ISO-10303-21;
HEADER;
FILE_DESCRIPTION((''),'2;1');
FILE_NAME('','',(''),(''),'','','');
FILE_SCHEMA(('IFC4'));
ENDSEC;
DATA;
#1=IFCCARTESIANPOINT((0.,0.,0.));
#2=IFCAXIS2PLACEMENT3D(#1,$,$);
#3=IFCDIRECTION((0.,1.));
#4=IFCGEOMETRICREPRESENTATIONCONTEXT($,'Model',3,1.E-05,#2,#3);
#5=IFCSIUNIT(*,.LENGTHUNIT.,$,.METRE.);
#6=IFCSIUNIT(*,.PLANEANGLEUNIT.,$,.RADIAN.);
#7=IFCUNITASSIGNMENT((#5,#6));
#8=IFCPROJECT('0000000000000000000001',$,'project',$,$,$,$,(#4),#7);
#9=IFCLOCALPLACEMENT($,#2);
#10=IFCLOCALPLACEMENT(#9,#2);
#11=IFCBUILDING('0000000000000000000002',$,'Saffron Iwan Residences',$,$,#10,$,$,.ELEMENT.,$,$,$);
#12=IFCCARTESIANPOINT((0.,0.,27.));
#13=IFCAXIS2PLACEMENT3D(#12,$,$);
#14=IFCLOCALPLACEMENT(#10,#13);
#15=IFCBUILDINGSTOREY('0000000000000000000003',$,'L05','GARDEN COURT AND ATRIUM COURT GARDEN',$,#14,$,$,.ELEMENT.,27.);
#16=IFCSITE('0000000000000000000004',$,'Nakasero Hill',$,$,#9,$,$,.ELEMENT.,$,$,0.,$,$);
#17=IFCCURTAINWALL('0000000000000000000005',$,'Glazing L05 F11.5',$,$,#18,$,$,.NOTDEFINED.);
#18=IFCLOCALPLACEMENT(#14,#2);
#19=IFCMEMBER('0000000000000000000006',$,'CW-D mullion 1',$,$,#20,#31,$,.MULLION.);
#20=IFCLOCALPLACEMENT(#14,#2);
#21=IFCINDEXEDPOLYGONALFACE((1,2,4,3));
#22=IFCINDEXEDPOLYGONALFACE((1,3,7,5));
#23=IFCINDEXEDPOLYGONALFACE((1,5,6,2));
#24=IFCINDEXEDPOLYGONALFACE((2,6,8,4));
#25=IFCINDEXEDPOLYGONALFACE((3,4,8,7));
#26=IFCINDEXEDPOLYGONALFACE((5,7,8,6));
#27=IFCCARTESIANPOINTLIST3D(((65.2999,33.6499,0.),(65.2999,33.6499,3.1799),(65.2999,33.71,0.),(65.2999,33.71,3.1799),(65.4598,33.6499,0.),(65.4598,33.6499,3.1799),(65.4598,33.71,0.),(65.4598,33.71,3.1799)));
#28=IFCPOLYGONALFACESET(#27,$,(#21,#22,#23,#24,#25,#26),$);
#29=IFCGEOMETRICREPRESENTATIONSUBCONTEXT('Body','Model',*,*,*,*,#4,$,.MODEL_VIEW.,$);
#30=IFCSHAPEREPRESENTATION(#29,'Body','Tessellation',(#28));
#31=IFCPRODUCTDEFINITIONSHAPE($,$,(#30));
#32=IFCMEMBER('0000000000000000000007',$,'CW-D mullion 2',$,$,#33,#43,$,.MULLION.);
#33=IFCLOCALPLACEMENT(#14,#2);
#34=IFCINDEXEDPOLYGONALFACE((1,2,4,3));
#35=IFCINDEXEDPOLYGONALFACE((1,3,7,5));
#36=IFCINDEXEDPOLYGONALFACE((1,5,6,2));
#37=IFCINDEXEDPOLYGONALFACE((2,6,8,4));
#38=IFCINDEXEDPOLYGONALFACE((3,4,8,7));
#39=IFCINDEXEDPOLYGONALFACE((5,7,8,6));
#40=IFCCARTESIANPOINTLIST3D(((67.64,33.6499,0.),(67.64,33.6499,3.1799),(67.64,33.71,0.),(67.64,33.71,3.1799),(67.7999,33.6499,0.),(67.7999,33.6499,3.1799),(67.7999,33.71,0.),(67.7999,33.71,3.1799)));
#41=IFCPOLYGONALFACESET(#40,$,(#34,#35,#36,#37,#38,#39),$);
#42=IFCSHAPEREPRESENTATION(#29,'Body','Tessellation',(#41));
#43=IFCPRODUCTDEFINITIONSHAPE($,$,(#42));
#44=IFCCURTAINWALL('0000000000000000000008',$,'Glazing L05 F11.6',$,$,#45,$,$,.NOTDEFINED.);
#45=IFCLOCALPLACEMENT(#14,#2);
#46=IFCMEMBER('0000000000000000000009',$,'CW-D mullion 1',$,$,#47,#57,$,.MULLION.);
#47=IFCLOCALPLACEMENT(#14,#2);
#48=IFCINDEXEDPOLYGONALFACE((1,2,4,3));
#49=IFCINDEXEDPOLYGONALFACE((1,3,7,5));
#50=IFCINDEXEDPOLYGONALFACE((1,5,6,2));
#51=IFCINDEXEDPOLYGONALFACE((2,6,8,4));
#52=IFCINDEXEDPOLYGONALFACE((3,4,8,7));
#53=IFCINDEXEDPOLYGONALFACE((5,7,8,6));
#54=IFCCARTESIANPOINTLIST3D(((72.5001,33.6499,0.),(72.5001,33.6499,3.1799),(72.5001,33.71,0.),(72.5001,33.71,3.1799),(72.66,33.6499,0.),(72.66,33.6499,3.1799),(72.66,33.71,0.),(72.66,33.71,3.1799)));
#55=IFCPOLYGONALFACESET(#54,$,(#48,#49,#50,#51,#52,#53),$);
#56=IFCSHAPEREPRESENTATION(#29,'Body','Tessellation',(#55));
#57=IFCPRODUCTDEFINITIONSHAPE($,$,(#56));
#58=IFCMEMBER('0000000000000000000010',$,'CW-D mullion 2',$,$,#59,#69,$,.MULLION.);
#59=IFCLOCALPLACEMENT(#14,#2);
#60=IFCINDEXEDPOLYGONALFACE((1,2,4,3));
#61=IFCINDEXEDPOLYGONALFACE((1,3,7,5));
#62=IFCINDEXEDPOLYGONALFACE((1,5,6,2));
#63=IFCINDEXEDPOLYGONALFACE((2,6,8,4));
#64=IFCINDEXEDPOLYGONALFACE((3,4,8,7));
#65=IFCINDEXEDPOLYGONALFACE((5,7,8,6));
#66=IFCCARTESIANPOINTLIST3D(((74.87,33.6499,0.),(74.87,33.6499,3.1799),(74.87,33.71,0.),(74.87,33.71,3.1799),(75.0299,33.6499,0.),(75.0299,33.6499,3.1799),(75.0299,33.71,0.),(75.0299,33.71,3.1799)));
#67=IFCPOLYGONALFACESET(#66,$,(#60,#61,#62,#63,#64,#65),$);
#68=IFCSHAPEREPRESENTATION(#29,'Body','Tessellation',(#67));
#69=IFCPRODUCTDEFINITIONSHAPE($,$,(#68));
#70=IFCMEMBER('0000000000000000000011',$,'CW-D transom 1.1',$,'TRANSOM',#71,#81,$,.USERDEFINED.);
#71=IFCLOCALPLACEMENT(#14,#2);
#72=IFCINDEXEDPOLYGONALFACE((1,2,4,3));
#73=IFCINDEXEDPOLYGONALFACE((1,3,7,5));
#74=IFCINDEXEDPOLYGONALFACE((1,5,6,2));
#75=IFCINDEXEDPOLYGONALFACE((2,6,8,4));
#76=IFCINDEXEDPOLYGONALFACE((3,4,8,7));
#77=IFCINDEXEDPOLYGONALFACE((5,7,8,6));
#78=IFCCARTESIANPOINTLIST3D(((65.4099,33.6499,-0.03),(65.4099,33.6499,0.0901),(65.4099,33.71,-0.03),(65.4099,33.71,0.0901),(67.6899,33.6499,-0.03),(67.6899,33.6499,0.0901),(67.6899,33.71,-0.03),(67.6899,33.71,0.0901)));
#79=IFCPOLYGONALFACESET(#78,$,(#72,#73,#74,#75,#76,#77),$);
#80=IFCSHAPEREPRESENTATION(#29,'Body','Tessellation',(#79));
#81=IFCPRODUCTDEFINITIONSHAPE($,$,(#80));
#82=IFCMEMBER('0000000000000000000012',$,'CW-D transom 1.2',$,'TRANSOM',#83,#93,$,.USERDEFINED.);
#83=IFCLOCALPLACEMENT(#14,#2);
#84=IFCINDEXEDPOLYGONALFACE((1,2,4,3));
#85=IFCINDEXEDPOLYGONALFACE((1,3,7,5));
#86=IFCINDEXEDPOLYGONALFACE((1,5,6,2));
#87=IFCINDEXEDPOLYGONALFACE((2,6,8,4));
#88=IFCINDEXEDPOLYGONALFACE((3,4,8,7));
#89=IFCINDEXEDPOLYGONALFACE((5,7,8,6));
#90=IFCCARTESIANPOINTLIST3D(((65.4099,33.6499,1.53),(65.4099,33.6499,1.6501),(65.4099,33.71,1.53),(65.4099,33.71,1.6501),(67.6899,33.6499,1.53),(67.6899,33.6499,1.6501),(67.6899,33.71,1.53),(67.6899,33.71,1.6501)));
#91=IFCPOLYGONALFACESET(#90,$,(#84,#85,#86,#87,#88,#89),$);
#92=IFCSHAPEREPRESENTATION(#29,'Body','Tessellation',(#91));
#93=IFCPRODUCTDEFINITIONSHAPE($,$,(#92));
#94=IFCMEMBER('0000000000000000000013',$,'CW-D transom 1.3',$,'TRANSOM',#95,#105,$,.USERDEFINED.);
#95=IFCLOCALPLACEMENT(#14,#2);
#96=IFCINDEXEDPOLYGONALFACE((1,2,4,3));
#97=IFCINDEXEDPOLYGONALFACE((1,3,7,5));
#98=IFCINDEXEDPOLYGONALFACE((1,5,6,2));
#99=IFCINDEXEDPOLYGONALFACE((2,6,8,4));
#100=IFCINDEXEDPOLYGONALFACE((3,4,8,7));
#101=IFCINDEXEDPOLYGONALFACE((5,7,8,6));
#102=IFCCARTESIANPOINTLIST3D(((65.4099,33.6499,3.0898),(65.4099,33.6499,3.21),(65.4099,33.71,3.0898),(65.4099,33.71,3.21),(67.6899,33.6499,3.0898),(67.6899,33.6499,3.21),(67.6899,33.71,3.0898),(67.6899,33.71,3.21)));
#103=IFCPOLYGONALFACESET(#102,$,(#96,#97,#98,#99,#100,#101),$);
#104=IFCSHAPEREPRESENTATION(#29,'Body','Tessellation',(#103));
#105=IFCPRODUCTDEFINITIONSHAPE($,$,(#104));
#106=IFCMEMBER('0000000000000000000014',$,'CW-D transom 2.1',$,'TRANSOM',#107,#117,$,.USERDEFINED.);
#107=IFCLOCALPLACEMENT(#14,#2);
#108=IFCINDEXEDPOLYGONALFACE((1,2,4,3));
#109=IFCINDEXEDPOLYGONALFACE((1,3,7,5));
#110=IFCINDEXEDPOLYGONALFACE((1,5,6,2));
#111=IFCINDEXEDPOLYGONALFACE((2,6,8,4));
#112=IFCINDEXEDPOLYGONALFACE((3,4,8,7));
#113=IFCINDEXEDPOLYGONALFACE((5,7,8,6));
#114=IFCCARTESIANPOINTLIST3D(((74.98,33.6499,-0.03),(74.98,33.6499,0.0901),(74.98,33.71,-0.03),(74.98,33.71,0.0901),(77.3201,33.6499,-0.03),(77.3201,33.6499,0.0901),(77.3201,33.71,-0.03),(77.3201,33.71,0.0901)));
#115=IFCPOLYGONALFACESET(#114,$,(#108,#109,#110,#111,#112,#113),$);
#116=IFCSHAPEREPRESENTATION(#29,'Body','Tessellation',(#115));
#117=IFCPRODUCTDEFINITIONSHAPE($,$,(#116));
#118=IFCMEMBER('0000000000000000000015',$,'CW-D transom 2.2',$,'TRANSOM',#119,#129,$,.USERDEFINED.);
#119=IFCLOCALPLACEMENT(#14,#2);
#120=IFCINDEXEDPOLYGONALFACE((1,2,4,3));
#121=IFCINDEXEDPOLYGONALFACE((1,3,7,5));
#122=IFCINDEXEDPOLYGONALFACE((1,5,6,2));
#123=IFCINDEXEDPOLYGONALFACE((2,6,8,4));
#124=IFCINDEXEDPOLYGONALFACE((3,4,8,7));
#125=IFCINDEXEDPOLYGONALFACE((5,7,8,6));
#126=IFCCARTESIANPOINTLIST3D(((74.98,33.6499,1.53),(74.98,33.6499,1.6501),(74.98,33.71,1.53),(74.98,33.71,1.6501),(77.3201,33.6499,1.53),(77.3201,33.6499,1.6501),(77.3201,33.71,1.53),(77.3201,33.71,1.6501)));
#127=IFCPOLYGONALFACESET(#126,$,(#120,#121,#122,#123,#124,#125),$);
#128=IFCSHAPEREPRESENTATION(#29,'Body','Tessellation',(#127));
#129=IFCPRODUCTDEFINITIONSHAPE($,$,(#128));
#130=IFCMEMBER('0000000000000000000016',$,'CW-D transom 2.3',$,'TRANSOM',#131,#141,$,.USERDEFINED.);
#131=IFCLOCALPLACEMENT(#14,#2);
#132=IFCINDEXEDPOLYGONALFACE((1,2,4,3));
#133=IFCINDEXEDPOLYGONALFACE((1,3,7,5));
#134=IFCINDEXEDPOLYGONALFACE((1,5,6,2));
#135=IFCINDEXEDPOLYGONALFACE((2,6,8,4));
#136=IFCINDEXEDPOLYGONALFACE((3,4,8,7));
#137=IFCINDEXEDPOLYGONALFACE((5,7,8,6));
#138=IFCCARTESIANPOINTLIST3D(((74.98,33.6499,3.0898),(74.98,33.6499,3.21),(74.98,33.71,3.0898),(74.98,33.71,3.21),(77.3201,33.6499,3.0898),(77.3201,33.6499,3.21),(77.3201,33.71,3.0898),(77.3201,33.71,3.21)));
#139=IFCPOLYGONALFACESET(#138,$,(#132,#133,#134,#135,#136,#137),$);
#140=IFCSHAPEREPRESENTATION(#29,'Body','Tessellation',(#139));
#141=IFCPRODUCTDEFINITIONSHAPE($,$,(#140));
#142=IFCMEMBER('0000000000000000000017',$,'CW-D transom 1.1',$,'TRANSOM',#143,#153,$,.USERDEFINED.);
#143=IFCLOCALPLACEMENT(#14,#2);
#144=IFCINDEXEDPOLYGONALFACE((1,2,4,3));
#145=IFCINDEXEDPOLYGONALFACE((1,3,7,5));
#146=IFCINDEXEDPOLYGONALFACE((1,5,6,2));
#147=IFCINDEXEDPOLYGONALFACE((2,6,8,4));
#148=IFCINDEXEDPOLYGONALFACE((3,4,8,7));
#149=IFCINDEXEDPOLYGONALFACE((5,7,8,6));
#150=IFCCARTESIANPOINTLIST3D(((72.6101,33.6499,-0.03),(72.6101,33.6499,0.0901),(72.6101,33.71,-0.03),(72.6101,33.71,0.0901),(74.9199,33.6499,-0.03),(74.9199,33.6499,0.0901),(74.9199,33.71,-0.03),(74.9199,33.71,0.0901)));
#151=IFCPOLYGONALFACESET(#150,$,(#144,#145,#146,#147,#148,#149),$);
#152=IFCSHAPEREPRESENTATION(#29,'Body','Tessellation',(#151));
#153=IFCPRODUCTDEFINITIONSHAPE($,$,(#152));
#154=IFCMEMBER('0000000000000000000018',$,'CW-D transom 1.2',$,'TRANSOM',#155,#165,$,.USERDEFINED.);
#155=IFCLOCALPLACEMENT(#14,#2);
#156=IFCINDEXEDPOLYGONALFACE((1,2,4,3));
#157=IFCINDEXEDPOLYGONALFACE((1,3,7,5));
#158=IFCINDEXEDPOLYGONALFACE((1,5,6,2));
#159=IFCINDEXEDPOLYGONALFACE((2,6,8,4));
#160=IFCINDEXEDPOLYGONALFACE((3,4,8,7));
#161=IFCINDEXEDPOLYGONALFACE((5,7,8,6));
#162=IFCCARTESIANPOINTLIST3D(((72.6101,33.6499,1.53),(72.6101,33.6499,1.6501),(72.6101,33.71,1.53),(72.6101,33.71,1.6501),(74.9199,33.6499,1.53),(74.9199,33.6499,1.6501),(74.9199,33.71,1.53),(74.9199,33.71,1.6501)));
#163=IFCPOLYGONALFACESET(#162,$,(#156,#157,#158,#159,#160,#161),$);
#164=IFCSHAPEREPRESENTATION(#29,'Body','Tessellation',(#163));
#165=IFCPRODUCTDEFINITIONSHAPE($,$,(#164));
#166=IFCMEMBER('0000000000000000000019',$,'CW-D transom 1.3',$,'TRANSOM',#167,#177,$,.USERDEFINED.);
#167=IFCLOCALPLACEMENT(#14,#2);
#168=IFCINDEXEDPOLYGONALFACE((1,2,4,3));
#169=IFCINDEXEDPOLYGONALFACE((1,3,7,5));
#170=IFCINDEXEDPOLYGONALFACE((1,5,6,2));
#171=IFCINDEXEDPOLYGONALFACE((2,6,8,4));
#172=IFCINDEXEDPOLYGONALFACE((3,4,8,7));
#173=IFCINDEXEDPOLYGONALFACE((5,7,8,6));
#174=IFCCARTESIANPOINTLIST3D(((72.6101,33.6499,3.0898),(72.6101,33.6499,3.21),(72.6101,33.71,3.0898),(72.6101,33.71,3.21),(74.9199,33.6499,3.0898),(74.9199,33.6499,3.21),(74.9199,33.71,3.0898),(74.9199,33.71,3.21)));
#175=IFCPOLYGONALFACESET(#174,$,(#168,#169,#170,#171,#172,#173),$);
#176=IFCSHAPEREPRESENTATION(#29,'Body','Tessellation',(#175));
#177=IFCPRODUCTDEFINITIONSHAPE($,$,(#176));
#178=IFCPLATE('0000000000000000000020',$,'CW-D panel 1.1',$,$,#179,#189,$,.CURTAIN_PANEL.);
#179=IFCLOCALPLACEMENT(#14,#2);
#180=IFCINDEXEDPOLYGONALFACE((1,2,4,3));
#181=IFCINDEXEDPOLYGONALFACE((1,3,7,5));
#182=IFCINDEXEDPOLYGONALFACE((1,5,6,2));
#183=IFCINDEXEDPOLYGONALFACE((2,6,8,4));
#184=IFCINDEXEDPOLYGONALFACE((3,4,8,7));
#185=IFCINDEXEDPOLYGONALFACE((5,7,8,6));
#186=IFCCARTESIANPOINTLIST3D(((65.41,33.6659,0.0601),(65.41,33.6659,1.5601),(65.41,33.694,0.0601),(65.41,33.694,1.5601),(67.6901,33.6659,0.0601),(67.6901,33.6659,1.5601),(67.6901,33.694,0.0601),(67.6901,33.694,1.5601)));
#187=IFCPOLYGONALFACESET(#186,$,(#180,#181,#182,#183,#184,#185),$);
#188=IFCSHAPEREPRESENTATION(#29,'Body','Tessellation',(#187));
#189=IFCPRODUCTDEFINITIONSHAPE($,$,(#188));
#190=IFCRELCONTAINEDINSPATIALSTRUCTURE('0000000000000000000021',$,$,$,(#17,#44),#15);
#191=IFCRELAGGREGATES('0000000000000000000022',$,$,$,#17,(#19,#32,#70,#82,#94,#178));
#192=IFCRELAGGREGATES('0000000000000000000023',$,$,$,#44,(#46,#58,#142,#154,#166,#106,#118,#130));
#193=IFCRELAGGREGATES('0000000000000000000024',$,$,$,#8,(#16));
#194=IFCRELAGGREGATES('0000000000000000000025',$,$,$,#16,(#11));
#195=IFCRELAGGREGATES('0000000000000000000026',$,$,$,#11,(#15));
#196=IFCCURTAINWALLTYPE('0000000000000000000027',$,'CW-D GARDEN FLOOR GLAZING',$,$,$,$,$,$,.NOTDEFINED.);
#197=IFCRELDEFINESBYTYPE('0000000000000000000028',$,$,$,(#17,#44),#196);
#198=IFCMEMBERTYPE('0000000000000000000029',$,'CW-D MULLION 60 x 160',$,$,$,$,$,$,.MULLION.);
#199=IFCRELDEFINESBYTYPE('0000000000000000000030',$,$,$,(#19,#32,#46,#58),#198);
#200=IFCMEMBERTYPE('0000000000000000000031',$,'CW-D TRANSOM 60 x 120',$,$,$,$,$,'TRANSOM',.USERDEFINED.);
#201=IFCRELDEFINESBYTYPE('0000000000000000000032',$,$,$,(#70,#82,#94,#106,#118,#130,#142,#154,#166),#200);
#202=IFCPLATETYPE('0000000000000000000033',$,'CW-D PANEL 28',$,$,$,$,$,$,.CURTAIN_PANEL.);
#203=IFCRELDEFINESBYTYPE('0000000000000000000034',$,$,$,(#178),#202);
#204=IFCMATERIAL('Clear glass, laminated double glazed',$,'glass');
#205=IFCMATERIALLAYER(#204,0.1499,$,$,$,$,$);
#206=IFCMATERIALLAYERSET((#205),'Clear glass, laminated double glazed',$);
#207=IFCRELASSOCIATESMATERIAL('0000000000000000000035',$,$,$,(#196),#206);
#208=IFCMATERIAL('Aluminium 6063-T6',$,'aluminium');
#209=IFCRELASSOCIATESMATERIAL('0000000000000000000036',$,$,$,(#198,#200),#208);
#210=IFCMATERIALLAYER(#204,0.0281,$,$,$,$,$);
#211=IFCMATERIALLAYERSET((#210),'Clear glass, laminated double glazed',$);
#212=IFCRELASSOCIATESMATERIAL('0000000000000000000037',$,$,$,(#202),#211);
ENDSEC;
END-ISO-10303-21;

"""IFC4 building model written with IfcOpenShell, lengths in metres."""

from ifc_helpers import new_model, si_unit, direction, frame, origin, origin_2d, place, context, subcontext, project, spatial, rectangle, extrude, source, transform, mapped, material, layer, layer_set, material_profile, profile_set, type_object, element, aggregate, save


model = new_model("IFC4")

# Units and contexts
model_context = context("Model", 3, precision=1e-05, world=origin(), true_north=direction((0.0, 1.0)))
body_context = subcontext(model_context, "Body", "Model", "MODEL_VIEW")
ifc_project = project(units=[si_unit("LENGTHUNIT", "METRE"), si_unit("PLANEANGLEUNIT", "RADIAN")], contexts=[model_context])

# Site, building, storey
site_placement = place(None, origin())
site = spatial("IfcSite", under=ifc_project, at=site_placement, Name="Nakasero Hill", CompositionType="ELEMENT", RefElevation=0.0)
building_placement = place(site_placement, origin())
building = spatial("IfcBuilding", under=site, at=building_placement, Name="Saffron Iwan Residences", CompositionType="ELEMENT")
storey_placement = place(building_placement, frame((0.0, 0.0, 27.0)))
storey = spatial("IfcBuildingStorey", under=building, at=storey_placement, Name="L05", Description="GARDEN COURT AND ATRIUM COURT GARDEN", CompositionType="ELEMENT", Elevation=27.0)

# Curtain walls, members
ifc_material_1 = material(Name="Clear glass, laminated double glazed", Category="glass")
ifc_layer_1 = layer(ifc_material_1, 0.1499)
ifc_layer_set_1 = layer_set([ifc_layer_1], Name="Clear glass, laminated double glazed")
curtain_wall_type = type_object("IfcCurtainWallType", Name="CW-D GARDEN FLOOR GLAZING", PredefinedType="NOTDEFINED", material=ifc_layer_set_1)
curtain_wall_1_placement = place(storey_placement, origin())
curtain_wall_1 = element("IfcCurtainWall", 1, at=curtain_wall_1_placement, inside=storey, type_object=curtain_wall_type, Name="Glazing L05 F11.5", PredefinedType="NOTDEFINED")
ifc_material_2 = material(Name="Aluminium 6063-T6", Category="aluminium")
ifc_material_profile_1 = material_profile(ifc_material_2, rectangle(XDim=0.0601, YDim=0.1599, at=origin_2d()), Name="CW-D MULLION 60 x 160")
ifc_profile_set_1 = profile_set([ifc_material_profile_1], Name="Aluminium 6063-T6")
member_type_1 = type_object("IfcMemberType", Name="CW-D MULLION 60 x 160", PredefinedType="MULLION", material=ifc_profile_set_1)
shared_shape_1 = source(origin(), body_context, "Body", "SweptSolid", [
    extrude(rectangle(XDim=0.0601, YDim=0.1599, at=origin_2d()), origin(), (0.0, 0.0, 1.0), 3.1799),
])
member_1_placement = place(storey_placement, frame((65.3799, 33.6799, 0.0), z_axis=(0.0, 0.0, 1.0), x_axis=(0.0, 1.0, 0.0)))
member_1 = element("IfcMember", 2, at=member_1_placement, type_object=member_type_1, Name="CW-D mullion 1", PredefinedType="MULLION", context=body_context, shape_type="MappedRepresentation", body=[
    mapped(shared_shape_1, transform((0.0, 0.0, 0.0))),
])
member_2_placement = place(storey_placement, frame((67.72, 33.6799, 0.0), z_axis=(0.0, 0.0, 1.0), x_axis=(0.0, 1.0, 0.0)))
member_2 = element("IfcMember", 3, at=member_2_placement, type_object=member_type_1, Name="CW-D mullion 2", PredefinedType="MULLION", context=body_context, shape_type="MappedRepresentation", body=[
    mapped(shared_shape_1, transform((0.0, 0.0, 0.0))),
])
curtain_wall_2_placement = place(storey_placement, origin())
curtain_wall_2 = element("IfcCurtainWall", 4, at=curtain_wall_2_placement, inside=storey, type_object=curtain_wall_type, Name="Glazing L05 F11.6", PredefinedType="NOTDEFINED")
member_3_placement = place(storey_placement, frame((72.5801, 33.6799, 0.0), z_axis=(0.0, 0.0, 1.0), x_axis=(0.0, 1.0, 0.0)))
member_3 = element("IfcMember", 5, at=member_3_placement, type_object=member_type_1, Name="CW-D mullion 1", PredefinedType="MULLION", context=body_context, shape_type="MappedRepresentation", body=[
    mapped(shared_shape_1, transform((0.0, 0.0, 0.0))),
])
member_4_placement = place(storey_placement, frame((74.95, 33.6799, 0.0), z_axis=(0.0, 0.0, 1.0), x_axis=(0.0, 1.0, 0.0)))
member_4 = element("IfcMember", 6, at=member_4_placement, type_object=member_type_1, Name="CW-D mullion 2", PredefinedType="MULLION", context=body_context, shape_type="MappedRepresentation", body=[
    mapped(shared_shape_1, transform((0.0, 0.0, 0.0))),
])

# Members
ifc_material_profile_2 = material_profile(ifc_material_2, rectangle(XDim=0.0601, YDim=0.1201, at=origin_2d()), Name="CW-D TRANSOM 60 x 120")
ifc_profile_set_2 = profile_set([ifc_material_profile_2], Name="Aluminium 6063-T6")
member_type_2 = type_object("IfcMemberType", Name="CW-D TRANSOM 60 x 120", ElementType="TRANSOM", PredefinedType="USERDEFINED", material=ifc_profile_set_2)
shared_shape_2 = source(origin(), body_context, "Body", "SweptSolid", [
    extrude(rectangle(XDim=0.0601, YDim=0.1201, at=origin_2d()), origin(), (0.0, 0.0, 1.0), 2.28),
])
member_5_placement = place(storey_placement, frame((65.4099, 33.6799, 0.03), z_axis=(1.0, 0.0, 0.0), x_axis=(0.0, 1.0, 0.0)))
member_5 = element("IfcMember", 7, at=member_5_placement, type_object=member_type_2, Name="CW-D transom 1.1", ObjectType="TRANSOM", PredefinedType="USERDEFINED", context=body_context, shape_type="MappedRepresentation", body=[
    mapped(shared_shape_2, transform((0.0, 0.0, 0.0))),
])
member_6_placement = place(storey_placement, frame((65.4099, 33.6799, 1.5901), z_axis=(1.0, 0.0, 0.0), x_axis=(0.0, 1.0, 0.0)))
member_6 = element("IfcMember", 8, at=member_6_placement, type_object=member_type_2, Name="CW-D transom 1.2", ObjectType="TRANSOM", PredefinedType="USERDEFINED", context=body_context, shape_type="MappedRepresentation", body=[
    mapped(shared_shape_2, transform((0.0, 0.0, 0.0))),
])
member_7_placement = place(storey_placement, frame((65.4099, 33.6799, 3.1499), z_axis=(1.0, 0.0, 0.0), x_axis=(0.0, 1.0, 0.0)))
member_7 = element("IfcMember", 9, at=member_7_placement, type_object=member_type_2, Name="CW-D transom 1.3", ObjectType="TRANSOM", PredefinedType="USERDEFINED", context=body_context, shape_type="MappedRepresentation", body=[
    mapped(shared_shape_2, transform((0.0, 0.0, 0.0))),
])
shared_shape_3 = source(origin(), body_context, "Body", "SweptSolid", [
    extrude(rectangle(XDim=0.0601, YDim=0.1201, at=origin_2d()), origin(), (0.0, 0.0, 1.0), 2.3401),
])
member_8_placement = place(storey_placement, frame((74.98, 33.6799, 0.03), z_axis=(1.0, 0.0, 0.0), x_axis=(0.0, 1.0, 0.0)))
member_8 = element("IfcMember", 10, at=member_8_placement, type_object=member_type_2, Name="CW-D transom 2.1", ObjectType="TRANSOM", PredefinedType="USERDEFINED", context=body_context, shape_type="MappedRepresentation", body=[
    mapped(shared_shape_3, transform((0.0, 0.0, 0.0))),
])
member_9_placement = place(storey_placement, frame((74.98, 33.6799, 1.5901), z_axis=(1.0, 0.0, 0.0), x_axis=(0.0, 1.0, 0.0)))
member_9 = element("IfcMember", 11, at=member_9_placement, type_object=member_type_2, Name="CW-D transom 2.2", ObjectType="TRANSOM", PredefinedType="USERDEFINED", context=body_context, shape_type="MappedRepresentation", body=[
    mapped(shared_shape_3, transform((0.0, 0.0, 0.0))),
])
member_10_placement = place(storey_placement, frame((74.98, 33.6799, 3.1499), z_axis=(1.0, 0.0, 0.0), x_axis=(0.0, 1.0, 0.0)))
member_10 = element("IfcMember", 12, at=member_10_placement, type_object=member_type_2, Name="CW-D transom 2.3", ObjectType="TRANSOM", PredefinedType="USERDEFINED", context=body_context, shape_type="MappedRepresentation", body=[
    mapped(shared_shape_3, transform((0.0, 0.0, 0.0))),
])
shared_shape_4 = source(origin(), body_context, "Body", "SweptSolid", [
    extrude(rectangle(XDim=0.0601, YDim=0.1201, at=origin_2d()), origin(), (0.0, 0.0, 1.0), 2.3098),
])
member_11_placement = place(storey_placement, frame((72.6101, 33.6799, 0.03), z_axis=(1.0, 0.0, 0.0), x_axis=(0.0, 1.0, 0.0)))
member_11 = element("IfcMember", 13, at=member_11_placement, type_object=member_type_2, Name="CW-D transom 1.1", ObjectType="TRANSOM", PredefinedType="USERDEFINED", context=body_context, shape_type="MappedRepresentation", body=[
    mapped(shared_shape_4, transform((0.0, 0.0, 0.0))),
])
member_12_placement = place(storey_placement, frame((72.6101, 33.6799, 1.5901), z_axis=(1.0, 0.0, 0.0), x_axis=(0.0, 1.0, 0.0)))
member_12 = element("IfcMember", 14, at=member_12_placement, type_object=member_type_2, Name="CW-D transom 1.2", ObjectType="TRANSOM", PredefinedType="USERDEFINED", context=body_context, shape_type="MappedRepresentation", body=[
    mapped(shared_shape_4, transform((0.0, 0.0, 0.0))),
])
member_13_placement = place(storey_placement, frame((72.6101, 33.6799, 3.1499), z_axis=(1.0, 0.0, 0.0), x_axis=(0.0, 1.0, 0.0)))
member_13 = element("IfcMember", 15, at=member_13_placement, type_object=member_type_2, Name="CW-D transom 1.3", ObjectType="TRANSOM", PredefinedType="USERDEFINED", context=body_context, shape_type="MappedRepresentation", body=[
    mapped(shared_shape_4, transform((0.0, 0.0, 0.0))),
])

# Plate
ifc_layer_2 = layer(ifc_material_1, 0.0281)
ifc_layer_set_2 = layer_set([ifc_layer_2], Name="Clear glass, laminated double glazed")
plate_type = type_object("IfcPlateType", Name="CW-D PANEL 28", PredefinedType="CURTAIN_PANEL", material=ifc_layer_set_2)
shared_shape_5 = source(origin(), body_context, "Body", "SweptSolid", [
    extrude(rectangle(XDim=2.28, YDim=0.0281, at=origin_2d()), origin(), (0.0, 0.0, 1.0), 1.5),
])
plate_1_placement = place(storey_placement, frame((66.55, 33.6799, 0.0601), z_axis=(0.0, 0.0, 1.0), x_axis=(1.0, 0.0, 0.0)))
plate_1 = element("IfcPlate", 16, at=plate_1_placement, type_object=plate_type, Name="CW-D panel 1.1", PredefinedType="CURTAIN_PANEL", context=body_context, shape_type="MappedRepresentation", body=[
    mapped(shared_shape_5, transform((0.0, 0.0, 0.0))),
])
aggregate(curtain_wall_1, [member_1, member_2, member_5, member_6, member_7, plate_1])
aggregate(curtain_wall_2, [member_3, member_4, member_11, member_12, member_13, member_8, member_9, member_10])

save(model, "model.ifc")
